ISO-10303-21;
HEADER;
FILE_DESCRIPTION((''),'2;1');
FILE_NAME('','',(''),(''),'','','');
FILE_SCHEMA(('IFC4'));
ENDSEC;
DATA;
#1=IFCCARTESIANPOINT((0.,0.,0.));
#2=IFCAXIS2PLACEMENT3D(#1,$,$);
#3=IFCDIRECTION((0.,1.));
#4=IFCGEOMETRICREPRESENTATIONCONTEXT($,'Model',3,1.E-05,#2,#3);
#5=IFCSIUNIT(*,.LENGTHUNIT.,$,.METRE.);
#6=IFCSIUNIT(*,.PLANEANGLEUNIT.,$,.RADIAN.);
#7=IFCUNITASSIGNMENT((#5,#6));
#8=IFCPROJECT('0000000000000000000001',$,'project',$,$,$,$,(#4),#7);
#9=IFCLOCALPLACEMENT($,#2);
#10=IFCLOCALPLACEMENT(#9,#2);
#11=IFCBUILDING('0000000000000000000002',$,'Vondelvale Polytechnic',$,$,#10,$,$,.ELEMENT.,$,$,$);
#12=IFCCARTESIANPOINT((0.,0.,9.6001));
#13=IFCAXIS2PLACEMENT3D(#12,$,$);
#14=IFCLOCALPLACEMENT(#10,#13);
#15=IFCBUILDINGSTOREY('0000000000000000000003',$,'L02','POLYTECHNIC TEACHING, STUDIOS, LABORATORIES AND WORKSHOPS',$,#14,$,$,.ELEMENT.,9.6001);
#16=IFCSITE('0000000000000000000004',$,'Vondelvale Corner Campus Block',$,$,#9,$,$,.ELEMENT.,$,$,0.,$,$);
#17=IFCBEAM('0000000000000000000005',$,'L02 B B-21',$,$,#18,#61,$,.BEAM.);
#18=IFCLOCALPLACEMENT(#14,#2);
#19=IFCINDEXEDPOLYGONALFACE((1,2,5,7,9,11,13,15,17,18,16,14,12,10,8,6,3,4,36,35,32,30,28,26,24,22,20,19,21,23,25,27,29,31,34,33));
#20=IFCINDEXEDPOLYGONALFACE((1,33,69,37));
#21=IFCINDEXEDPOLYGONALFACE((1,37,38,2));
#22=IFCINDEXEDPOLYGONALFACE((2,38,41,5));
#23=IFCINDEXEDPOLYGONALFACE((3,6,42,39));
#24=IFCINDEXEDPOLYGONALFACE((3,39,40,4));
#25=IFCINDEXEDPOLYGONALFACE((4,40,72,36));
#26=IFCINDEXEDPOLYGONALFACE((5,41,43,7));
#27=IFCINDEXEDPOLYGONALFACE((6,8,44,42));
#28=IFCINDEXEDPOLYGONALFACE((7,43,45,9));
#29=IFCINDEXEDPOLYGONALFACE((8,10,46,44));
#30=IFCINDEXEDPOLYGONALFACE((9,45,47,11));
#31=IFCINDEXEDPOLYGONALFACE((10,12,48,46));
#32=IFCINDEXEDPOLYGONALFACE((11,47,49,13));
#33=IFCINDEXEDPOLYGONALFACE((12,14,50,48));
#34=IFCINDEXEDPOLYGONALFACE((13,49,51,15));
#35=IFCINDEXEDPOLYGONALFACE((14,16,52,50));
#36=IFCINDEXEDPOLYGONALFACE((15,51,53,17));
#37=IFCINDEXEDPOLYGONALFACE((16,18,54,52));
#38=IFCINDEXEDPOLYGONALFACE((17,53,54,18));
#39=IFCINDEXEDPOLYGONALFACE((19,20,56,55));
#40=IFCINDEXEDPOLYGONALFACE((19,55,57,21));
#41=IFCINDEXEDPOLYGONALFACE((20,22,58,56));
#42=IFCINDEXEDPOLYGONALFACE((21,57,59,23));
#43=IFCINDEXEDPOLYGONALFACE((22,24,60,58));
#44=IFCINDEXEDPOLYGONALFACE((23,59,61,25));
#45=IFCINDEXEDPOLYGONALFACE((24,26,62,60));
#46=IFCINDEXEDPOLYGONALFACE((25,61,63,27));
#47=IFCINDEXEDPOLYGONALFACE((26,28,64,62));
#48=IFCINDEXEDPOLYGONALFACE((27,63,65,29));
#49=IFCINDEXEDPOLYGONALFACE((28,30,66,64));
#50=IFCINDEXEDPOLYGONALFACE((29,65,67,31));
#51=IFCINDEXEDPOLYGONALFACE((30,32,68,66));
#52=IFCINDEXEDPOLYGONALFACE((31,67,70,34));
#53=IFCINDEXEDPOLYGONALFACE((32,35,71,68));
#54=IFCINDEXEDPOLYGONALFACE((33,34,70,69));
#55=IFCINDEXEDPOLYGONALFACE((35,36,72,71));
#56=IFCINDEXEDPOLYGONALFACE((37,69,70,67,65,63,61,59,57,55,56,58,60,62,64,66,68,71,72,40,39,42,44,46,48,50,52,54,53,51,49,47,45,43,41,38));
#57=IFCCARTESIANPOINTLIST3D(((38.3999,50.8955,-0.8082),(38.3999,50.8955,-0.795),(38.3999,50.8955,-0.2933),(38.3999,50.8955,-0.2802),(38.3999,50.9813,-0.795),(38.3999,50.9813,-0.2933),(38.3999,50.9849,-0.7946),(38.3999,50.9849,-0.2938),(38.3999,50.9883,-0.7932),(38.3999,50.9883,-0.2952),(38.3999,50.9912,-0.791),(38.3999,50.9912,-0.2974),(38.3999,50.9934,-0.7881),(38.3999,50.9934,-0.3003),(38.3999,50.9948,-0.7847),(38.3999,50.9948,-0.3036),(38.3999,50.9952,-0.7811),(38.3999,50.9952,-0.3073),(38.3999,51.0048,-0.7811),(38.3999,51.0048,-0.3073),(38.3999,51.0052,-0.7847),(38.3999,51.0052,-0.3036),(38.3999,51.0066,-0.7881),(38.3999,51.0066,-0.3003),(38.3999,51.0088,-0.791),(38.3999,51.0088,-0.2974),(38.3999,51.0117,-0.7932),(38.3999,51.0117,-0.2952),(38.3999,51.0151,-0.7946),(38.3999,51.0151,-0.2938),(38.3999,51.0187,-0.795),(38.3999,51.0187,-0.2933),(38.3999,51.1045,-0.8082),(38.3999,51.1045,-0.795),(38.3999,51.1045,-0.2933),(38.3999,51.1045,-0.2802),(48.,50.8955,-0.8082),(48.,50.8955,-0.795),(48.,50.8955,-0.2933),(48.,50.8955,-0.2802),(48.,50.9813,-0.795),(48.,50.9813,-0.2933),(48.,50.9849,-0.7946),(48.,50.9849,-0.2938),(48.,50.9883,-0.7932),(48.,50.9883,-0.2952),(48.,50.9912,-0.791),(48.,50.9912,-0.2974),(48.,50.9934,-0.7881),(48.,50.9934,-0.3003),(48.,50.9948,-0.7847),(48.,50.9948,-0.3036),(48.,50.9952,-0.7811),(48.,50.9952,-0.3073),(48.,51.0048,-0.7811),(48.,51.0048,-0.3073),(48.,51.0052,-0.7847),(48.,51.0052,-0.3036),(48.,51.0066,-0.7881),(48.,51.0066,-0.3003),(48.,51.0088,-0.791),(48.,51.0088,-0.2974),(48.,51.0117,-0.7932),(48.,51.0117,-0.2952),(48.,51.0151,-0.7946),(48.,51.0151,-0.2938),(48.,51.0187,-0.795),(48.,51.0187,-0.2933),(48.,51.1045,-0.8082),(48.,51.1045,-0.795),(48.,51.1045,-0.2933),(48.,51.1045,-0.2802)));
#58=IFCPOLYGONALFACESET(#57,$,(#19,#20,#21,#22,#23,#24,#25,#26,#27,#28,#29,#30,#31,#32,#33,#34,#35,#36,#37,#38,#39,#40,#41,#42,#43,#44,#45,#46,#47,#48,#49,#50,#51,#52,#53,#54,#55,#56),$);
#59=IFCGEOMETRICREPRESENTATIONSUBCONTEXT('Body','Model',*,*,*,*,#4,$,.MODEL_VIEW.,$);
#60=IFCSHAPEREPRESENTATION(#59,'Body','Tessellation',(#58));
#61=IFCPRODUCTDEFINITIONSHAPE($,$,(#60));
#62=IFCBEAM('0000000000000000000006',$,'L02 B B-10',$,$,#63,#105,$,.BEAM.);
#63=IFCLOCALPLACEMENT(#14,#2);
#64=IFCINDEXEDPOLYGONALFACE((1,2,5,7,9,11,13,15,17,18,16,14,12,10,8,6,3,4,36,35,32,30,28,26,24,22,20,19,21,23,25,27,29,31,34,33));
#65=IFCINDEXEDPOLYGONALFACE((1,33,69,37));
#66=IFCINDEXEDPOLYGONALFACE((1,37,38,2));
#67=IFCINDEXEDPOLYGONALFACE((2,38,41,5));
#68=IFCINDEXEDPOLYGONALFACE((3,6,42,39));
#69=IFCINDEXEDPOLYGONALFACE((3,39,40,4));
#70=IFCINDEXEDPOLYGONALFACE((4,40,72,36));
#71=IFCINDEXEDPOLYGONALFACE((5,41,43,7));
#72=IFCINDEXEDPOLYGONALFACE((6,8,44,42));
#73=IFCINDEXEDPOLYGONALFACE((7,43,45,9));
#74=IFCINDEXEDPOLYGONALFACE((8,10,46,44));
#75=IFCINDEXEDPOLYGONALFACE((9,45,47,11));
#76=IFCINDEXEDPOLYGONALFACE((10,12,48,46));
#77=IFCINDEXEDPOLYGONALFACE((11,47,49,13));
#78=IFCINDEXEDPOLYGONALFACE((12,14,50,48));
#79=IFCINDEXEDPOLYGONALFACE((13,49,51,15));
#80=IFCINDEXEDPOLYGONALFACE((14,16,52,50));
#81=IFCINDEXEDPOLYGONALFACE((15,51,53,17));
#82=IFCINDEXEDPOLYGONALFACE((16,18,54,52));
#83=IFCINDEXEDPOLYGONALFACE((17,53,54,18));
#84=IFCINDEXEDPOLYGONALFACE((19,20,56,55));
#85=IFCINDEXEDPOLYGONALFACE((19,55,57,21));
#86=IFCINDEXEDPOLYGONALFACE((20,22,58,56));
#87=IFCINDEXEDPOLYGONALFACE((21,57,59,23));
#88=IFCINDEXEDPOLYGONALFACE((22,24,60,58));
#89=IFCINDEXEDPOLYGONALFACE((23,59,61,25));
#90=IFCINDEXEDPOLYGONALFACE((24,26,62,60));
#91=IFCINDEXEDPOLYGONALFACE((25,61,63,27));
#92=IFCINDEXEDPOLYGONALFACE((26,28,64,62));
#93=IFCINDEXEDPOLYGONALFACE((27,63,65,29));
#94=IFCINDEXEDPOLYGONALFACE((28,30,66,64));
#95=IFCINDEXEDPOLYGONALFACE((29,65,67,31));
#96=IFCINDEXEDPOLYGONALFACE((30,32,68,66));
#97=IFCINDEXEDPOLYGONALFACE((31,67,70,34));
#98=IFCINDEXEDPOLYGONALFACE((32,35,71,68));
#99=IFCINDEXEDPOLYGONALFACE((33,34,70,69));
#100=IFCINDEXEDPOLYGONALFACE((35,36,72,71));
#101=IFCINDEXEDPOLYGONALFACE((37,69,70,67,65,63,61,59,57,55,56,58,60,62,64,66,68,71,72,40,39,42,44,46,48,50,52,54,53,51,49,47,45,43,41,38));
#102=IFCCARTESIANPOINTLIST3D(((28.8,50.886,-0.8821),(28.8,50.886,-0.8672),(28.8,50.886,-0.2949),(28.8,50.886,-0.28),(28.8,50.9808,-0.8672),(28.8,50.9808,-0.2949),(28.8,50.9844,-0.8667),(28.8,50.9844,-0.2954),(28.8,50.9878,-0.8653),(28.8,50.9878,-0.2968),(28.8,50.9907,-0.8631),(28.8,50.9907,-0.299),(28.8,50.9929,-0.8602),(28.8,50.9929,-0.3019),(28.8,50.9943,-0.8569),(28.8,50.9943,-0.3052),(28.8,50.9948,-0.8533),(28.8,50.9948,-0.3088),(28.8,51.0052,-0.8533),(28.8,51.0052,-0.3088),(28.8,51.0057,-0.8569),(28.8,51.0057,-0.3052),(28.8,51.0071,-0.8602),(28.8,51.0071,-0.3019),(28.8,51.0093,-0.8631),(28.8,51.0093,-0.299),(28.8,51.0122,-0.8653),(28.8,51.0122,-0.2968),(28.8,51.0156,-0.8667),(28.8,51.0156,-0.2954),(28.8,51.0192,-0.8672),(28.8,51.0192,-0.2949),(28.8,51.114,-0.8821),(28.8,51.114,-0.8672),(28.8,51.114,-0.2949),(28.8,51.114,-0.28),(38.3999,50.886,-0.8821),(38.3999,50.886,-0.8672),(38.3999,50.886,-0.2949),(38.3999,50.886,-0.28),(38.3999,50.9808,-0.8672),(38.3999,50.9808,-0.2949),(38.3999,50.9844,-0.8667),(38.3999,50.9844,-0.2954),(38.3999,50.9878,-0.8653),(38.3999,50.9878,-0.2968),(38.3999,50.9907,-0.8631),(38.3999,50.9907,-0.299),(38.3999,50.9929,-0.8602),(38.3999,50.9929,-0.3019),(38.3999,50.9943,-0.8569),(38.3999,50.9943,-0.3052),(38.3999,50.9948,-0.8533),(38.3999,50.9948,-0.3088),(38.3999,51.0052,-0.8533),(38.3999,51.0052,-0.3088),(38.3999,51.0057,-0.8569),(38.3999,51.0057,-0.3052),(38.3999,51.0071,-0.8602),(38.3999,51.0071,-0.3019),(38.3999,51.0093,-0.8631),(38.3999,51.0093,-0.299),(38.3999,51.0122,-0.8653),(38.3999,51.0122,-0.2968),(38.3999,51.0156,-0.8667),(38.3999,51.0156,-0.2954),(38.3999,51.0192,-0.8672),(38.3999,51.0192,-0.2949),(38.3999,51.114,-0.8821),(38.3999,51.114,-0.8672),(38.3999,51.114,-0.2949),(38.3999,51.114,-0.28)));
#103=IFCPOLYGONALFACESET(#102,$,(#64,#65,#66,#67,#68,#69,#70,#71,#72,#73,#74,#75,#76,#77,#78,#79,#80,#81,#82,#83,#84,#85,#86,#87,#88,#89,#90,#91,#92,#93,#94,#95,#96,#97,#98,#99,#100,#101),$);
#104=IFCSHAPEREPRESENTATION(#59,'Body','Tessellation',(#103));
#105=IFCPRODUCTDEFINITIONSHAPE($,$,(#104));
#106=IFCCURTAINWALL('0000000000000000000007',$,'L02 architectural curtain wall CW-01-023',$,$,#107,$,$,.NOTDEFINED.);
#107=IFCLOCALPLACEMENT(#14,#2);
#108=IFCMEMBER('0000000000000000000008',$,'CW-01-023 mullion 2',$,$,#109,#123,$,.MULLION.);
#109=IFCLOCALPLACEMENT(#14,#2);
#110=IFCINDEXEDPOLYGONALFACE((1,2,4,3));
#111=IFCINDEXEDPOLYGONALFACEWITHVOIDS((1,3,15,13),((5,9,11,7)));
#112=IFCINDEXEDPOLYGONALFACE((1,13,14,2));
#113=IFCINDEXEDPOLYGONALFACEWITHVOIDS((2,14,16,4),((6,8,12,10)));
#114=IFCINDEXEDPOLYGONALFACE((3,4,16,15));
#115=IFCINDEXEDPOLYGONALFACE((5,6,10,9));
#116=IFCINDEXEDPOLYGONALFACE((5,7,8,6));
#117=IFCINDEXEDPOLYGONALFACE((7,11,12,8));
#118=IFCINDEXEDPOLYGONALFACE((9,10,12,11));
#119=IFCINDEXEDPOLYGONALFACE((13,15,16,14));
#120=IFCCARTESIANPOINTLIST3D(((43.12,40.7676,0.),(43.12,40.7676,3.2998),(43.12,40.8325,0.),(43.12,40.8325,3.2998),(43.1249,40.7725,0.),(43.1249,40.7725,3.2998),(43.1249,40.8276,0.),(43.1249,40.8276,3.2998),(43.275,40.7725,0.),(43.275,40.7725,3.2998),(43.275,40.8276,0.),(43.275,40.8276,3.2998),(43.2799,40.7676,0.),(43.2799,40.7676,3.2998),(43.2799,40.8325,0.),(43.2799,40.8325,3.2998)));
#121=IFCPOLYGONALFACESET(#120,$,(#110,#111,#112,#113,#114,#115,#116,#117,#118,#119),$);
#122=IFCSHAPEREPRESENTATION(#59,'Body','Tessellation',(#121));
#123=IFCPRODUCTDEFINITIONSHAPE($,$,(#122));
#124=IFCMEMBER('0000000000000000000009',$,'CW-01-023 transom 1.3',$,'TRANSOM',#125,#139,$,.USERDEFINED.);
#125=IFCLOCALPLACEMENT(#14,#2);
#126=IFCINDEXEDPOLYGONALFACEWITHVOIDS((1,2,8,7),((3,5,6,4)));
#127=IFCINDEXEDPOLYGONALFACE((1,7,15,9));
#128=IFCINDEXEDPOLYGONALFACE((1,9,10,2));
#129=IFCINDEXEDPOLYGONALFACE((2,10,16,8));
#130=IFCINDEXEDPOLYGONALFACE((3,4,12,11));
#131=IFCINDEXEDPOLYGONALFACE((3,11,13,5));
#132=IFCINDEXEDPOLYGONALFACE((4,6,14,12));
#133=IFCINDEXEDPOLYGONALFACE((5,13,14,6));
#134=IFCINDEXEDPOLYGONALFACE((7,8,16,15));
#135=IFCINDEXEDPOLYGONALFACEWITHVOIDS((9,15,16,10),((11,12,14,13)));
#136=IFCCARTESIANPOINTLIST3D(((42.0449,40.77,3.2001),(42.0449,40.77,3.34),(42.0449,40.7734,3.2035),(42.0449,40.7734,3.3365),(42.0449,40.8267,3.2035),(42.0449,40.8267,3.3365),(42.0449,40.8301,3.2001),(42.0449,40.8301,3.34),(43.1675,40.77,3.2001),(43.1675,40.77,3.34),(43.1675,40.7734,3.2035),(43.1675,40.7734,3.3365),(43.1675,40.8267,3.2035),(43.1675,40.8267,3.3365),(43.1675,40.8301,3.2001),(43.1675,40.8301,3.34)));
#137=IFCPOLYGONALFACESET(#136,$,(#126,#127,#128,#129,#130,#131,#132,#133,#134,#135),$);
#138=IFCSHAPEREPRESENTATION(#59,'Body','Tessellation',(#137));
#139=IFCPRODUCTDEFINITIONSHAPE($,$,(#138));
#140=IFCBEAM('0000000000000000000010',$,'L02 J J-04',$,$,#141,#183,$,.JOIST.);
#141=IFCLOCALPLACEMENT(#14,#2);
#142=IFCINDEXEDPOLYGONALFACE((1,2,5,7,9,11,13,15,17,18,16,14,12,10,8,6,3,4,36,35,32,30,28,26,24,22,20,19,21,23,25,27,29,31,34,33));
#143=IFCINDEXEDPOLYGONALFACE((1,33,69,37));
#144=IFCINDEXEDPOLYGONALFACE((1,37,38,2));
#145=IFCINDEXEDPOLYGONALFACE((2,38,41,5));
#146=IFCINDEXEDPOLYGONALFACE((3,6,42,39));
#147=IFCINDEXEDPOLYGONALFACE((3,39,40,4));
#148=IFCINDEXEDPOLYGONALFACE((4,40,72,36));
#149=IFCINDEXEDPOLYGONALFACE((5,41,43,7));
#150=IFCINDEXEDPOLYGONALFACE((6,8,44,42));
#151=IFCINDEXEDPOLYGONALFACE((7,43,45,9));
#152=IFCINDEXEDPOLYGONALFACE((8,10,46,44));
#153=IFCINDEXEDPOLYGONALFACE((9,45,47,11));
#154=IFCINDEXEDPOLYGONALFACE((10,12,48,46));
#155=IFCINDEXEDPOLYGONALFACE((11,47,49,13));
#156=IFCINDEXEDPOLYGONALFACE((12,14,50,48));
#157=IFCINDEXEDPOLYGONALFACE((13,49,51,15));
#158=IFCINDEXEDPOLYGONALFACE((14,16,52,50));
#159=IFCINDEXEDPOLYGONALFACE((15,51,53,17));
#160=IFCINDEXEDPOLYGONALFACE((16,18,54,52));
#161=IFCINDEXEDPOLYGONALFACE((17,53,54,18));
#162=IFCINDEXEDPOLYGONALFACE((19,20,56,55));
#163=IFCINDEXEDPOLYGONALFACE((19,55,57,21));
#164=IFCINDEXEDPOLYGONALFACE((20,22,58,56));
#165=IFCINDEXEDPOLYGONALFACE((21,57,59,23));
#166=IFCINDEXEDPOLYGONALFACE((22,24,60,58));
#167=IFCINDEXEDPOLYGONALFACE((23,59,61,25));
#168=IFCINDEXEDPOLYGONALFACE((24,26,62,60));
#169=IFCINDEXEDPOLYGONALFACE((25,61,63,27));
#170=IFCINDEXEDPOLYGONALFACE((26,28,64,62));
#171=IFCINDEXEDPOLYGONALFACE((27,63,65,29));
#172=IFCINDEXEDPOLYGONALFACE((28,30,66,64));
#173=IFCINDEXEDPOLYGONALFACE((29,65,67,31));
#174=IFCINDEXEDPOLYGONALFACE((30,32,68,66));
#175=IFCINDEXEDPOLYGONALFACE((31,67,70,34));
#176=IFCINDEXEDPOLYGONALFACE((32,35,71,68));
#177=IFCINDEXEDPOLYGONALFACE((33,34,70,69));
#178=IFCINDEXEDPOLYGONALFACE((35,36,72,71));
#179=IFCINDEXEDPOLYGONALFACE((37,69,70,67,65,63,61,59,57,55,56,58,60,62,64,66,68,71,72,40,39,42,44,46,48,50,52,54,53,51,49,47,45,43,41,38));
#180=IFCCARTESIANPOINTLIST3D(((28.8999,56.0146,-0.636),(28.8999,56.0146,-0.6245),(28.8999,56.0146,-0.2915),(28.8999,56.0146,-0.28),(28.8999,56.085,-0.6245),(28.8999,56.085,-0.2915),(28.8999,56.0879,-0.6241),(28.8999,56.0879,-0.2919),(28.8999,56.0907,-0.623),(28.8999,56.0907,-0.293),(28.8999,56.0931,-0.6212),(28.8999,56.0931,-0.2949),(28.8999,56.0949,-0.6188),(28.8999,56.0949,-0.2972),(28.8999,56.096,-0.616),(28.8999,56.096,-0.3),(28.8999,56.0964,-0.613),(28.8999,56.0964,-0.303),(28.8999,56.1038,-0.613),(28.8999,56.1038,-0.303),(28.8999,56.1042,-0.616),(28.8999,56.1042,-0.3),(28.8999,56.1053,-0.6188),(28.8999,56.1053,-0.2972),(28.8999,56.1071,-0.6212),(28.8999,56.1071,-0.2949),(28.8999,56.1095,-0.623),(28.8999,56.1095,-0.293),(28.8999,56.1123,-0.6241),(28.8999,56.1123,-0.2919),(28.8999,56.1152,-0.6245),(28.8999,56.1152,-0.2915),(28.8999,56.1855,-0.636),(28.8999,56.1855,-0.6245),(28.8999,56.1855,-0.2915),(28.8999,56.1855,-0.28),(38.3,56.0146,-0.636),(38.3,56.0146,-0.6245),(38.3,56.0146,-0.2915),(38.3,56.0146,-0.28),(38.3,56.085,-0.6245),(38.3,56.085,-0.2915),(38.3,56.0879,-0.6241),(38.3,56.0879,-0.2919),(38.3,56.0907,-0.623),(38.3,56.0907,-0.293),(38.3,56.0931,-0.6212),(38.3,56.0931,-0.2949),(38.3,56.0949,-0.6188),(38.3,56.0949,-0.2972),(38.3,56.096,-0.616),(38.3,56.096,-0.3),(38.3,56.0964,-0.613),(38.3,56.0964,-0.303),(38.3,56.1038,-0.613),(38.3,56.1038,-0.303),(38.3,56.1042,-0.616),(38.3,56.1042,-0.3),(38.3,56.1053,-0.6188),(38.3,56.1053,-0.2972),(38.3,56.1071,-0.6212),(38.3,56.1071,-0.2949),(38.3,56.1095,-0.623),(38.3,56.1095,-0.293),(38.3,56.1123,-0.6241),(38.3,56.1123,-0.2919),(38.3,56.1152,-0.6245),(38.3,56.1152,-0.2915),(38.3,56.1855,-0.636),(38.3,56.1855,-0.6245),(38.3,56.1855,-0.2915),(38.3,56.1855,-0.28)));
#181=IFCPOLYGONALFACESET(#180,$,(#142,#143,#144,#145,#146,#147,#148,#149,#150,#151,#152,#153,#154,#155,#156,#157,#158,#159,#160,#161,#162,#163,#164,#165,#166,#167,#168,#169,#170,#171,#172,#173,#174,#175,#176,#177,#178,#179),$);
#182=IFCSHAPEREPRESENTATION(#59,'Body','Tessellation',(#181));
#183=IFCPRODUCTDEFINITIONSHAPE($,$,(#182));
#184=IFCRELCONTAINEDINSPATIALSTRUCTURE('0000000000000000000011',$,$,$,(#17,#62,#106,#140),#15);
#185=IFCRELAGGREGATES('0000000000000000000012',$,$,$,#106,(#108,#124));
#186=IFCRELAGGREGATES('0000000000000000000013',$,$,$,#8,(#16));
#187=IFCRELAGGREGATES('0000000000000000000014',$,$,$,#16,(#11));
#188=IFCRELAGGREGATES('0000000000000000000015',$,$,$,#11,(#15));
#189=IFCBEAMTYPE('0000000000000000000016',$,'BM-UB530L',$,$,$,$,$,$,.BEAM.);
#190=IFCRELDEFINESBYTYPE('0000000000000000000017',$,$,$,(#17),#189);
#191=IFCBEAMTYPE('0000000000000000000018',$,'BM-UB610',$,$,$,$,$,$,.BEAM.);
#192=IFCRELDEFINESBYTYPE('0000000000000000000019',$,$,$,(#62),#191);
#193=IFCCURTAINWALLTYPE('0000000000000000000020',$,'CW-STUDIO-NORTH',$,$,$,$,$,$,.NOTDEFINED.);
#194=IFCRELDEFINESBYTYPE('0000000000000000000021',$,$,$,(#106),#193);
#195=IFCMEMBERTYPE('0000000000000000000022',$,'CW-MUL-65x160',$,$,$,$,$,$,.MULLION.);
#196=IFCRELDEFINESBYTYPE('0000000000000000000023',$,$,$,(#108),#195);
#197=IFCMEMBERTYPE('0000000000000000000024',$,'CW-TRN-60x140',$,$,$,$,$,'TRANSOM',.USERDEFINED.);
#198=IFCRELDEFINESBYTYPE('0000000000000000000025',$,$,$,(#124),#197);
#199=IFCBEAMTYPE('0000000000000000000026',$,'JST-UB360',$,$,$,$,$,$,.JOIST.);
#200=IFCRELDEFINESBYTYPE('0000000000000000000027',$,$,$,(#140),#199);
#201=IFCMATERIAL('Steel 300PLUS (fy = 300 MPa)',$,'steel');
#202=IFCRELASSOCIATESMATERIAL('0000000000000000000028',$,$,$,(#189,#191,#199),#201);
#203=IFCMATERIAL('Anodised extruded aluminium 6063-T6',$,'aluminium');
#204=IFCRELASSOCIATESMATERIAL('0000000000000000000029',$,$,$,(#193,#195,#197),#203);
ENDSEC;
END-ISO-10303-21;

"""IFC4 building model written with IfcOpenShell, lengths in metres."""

from ifc_helpers import new_model, si_unit, direction, frame, origin, origin_2d, place, context, subcontext, project, spatial, hollow_rectangle, i_section, extrude, material, material_profile, profile_set, type_object, element, aggregate, save


model = new_model("IFC4")

# Units and contexts
model_context = context("Model", 3, precision=1e-05, world=origin(), true_north=direction((0.0, 1.0)))
body_context = subcontext(model_context, "Body", "Model", "MODEL_VIEW")
ifc_project = project(units=[si_unit("LENGTHUNIT", "METRE"), si_unit("PLANEANGLEUNIT", "RADIAN")], contexts=[model_context])

# Site, building, storey
site_placement = place(None, origin())
site = spatial("IfcSite", under=ifc_project, at=site_placement, Name="Vondelvale Corner Campus Block", CompositionType="ELEMENT", RefElevation=0.0)
building_placement = place(site_placement, origin())
building = spatial("IfcBuilding", under=site, at=building_placement, Name="Vondelvale Polytechnic", CompositionType="ELEMENT")
storey_placement = place(building_placement, frame((0.0, 0.0, 9.6001)))
storey = spatial("IfcBuildingStorey", under=building, at=storey_placement, Name="L02", Description="POLYTECHNIC TEACHING, STUDIOS, LABORATORIES AND WORKSHOPS", CompositionType="ELEMENT", Elevation=9.6001)

# Shared definitions
ifc_material_1 = material(Name="Steel 300PLUS (fy = 300 MPa)", Category="steel")

# Beams
ifc_material_profile_1 = material_profile(ifc_material_1, i_section(OverallWidth=0.209, OverallDepth=0.5281, WebThickness=0.0095, FlangeThickness=0.0132, FilletRadius=0.0139, at=origin_2d()), Name="530UB82.0")
ifc_profile_set_1 = profile_set([ifc_material_profile_1], Name="Steel 300PLUS (fy = 300 MPa)")
beam_type_1 = type_object("IfcBeamType", Name="BM-UB530L", PredefinedType="BEAM", material=ifc_profile_set_1)
beam_1_placement = place(storey_placement, frame((38.3999, 51.0, -0.5442), z_axis=(1.0, 0.0, 0.0), x_axis=(0.0, 1.0, 0.0)))
element("IfcBeam", 1, at=beam_1_placement, inside=storey, type_object=beam_type_1, Name="L02 B B-21", PredefinedType="BEAM", context=body_context, shape_type="SweptSolid", body=[
    extrude(i_section(OverallWidth=0.209, OverallDepth=0.5281, WebThickness=0.0095, FlangeThickness=0.0132, FilletRadius=0.0139, at=origin_2d()), origin(), (0.0, 0.0, 1.0), 9.6001),
])
ifc_material_profile_2 = material_profile(ifc_material_1, i_section(OverallWidth=0.228, OverallDepth=0.6021, WebThickness=0.0105, FlangeThickness=0.0149, FilletRadius=0.0139, at=origin_2d()), Name="610UB101")
ifc_profile_set_2 = profile_set([ifc_material_profile_2], Name="Steel 300PLUS (fy = 300 MPa)")
beam_type_2 = type_object("IfcBeamType", Name="BM-UB610", PredefinedType="BEAM", material=ifc_profile_set_2)
beam_2_placement = place(storey_placement, frame((28.8, 51.0, -0.5811), z_axis=(1.0, 0.0, 0.0), x_axis=(0.0, 1.0, 0.0)))
element("IfcBeam", 2, at=beam_2_placement, inside=storey, type_object=beam_type_2, Name="L02 B B-10", PredefinedType="BEAM", context=body_context, shape_type="SweptSolid", body=[
    extrude(i_section(OverallWidth=0.228, OverallDepth=0.6021, WebThickness=0.0105, FlangeThickness=0.0149, FilletRadius=0.0139, at=origin_2d()), origin(), (0.0, 0.0, 1.0), 9.5999),
])

# Curtain wall, members
ifc_material_2 = material(Name="Anodised extruded aluminium 6063-T6", Category="aluminium")
curtain_wall_type = type_object("IfcCurtainWallType", Name="CW-STUDIO-NORTH", PredefinedType="NOTDEFINED", material=ifc_material_2)
curtain_wall_placement = place(storey_placement, origin())
curtain_wall = element("IfcCurtainWall", 3, at=curtain_wall_placement, inside=storey, type_object=curtain_wall_type, Name="L02 architectural curtain wall CW-01-023", PredefinedType="NOTDEFINED")
ifc_material_profile_3 = material_profile(ifc_material_2, hollow_rectangle(XDim=0.0649, YDim=0.1599, WallThickness=0.0049, at=origin_2d()), Name="CW-MUL-160x65")
ifc_profile_set_3 = profile_set([ifc_material_profile_3], Name="Anodised extruded aluminium 6063-T6")
member_type_1 = type_object("IfcMemberType", Name="CW-MUL-65x160", PredefinedType="MULLION", material=ifc_profile_set_3)
member_1_placement = place(storey_placement, frame((43.2, 40.8, 0.0), z_axis=(0.0, 0.0, 1.0), x_axis=(0.0, 1.0, 0.0)))
member_1 = element("IfcMember", 4, at=member_1_placement, type_object=member_type_1, Name="CW-01-023 mullion 2", PredefinedType="MULLION", context=body_context, shape_type="SweptSolid", body=[
    extrude(hollow_rectangle(XDim=0.0649, YDim=0.1599, WallThickness=0.0049, at=origin_2d()), origin(), (0.0, 0.0, 1.0), 3.2998),
])
ifc_material_profile_4 = material_profile(ifc_material_2, hollow_rectangle(XDim=0.0601, YDim=0.1399, WallThickness=0.0034, at=origin_2d()), Name="CW-TRN-140x60")
ifc_profile_set_4 = profile_set([ifc_material_profile_4], Name="Anodised extruded aluminium 6063-T6")
member_type_2 = type_object("IfcMemberType", Name="CW-TRN-60x140", ElementType="TRANSOM", PredefinedType="USERDEFINED", material=ifc_profile_set_4)
member_2_placement = place(storey_placement, frame((42.0449, 40.8, 3.27), z_axis=(1.0, 0.0, 0.0), x_axis=(0.0, 1.0, 0.0)))
member_2 = element("IfcMember", 5, at=member_2_placement, type_object=member_type_2, Name="CW-01-023 transom 1.3", ObjectType="TRANSOM", PredefinedType="USERDEFINED", context=body_context, shape_type="SweptSolid", body=[
    extrude(hollow_rectangle(XDim=0.0601, YDim=0.1399, WallThickness=0.0034, at=origin_2d()), origin(), (0.0, 0.0, 1.0), 1.1226),
])

# Beam
ifc_material_profile_5 = material_profile(ifc_material_1, i_section(OverallWidth=0.1709, OverallDepth=0.356, WebThickness=0.0073, FlangeThickness=0.0115, FilletRadius=0.0115, at=origin_2d()), Name="360UB50.7")
ifc_profile_set_5 = profile_set([ifc_material_profile_5], Name="Steel 300PLUS (fy = 300 MPa)")
beam_type_3 = type_object("IfcBeamType", Name="JST-UB360", PredefinedType="JOIST", material=ifc_profile_set_5)
beam_3_placement = place(storey_placement, frame((28.8999, 56.1001, -0.458), z_axis=(1.0, 0.0, 0.0), x_axis=(0.0, 1.0, 0.0)))
element("IfcBeam", 6, at=beam_3_placement, inside=storey, type_object=beam_type_3, Name="L02 J J-04", PredefinedType="JOIST", context=body_context, shape_type="SweptSolid", body=[
    extrude(i_section(OverallWidth=0.1709, OverallDepth=0.356, WebThickness=0.0073, FlangeThickness=0.0115, FilletRadius=0.0115, at=origin_2d()), origin(), (0.0, 0.0, 1.0), 9.4001),
])

aggregate(curtain_wall, [member_1, member_2])

save(model, "model.ifc")
